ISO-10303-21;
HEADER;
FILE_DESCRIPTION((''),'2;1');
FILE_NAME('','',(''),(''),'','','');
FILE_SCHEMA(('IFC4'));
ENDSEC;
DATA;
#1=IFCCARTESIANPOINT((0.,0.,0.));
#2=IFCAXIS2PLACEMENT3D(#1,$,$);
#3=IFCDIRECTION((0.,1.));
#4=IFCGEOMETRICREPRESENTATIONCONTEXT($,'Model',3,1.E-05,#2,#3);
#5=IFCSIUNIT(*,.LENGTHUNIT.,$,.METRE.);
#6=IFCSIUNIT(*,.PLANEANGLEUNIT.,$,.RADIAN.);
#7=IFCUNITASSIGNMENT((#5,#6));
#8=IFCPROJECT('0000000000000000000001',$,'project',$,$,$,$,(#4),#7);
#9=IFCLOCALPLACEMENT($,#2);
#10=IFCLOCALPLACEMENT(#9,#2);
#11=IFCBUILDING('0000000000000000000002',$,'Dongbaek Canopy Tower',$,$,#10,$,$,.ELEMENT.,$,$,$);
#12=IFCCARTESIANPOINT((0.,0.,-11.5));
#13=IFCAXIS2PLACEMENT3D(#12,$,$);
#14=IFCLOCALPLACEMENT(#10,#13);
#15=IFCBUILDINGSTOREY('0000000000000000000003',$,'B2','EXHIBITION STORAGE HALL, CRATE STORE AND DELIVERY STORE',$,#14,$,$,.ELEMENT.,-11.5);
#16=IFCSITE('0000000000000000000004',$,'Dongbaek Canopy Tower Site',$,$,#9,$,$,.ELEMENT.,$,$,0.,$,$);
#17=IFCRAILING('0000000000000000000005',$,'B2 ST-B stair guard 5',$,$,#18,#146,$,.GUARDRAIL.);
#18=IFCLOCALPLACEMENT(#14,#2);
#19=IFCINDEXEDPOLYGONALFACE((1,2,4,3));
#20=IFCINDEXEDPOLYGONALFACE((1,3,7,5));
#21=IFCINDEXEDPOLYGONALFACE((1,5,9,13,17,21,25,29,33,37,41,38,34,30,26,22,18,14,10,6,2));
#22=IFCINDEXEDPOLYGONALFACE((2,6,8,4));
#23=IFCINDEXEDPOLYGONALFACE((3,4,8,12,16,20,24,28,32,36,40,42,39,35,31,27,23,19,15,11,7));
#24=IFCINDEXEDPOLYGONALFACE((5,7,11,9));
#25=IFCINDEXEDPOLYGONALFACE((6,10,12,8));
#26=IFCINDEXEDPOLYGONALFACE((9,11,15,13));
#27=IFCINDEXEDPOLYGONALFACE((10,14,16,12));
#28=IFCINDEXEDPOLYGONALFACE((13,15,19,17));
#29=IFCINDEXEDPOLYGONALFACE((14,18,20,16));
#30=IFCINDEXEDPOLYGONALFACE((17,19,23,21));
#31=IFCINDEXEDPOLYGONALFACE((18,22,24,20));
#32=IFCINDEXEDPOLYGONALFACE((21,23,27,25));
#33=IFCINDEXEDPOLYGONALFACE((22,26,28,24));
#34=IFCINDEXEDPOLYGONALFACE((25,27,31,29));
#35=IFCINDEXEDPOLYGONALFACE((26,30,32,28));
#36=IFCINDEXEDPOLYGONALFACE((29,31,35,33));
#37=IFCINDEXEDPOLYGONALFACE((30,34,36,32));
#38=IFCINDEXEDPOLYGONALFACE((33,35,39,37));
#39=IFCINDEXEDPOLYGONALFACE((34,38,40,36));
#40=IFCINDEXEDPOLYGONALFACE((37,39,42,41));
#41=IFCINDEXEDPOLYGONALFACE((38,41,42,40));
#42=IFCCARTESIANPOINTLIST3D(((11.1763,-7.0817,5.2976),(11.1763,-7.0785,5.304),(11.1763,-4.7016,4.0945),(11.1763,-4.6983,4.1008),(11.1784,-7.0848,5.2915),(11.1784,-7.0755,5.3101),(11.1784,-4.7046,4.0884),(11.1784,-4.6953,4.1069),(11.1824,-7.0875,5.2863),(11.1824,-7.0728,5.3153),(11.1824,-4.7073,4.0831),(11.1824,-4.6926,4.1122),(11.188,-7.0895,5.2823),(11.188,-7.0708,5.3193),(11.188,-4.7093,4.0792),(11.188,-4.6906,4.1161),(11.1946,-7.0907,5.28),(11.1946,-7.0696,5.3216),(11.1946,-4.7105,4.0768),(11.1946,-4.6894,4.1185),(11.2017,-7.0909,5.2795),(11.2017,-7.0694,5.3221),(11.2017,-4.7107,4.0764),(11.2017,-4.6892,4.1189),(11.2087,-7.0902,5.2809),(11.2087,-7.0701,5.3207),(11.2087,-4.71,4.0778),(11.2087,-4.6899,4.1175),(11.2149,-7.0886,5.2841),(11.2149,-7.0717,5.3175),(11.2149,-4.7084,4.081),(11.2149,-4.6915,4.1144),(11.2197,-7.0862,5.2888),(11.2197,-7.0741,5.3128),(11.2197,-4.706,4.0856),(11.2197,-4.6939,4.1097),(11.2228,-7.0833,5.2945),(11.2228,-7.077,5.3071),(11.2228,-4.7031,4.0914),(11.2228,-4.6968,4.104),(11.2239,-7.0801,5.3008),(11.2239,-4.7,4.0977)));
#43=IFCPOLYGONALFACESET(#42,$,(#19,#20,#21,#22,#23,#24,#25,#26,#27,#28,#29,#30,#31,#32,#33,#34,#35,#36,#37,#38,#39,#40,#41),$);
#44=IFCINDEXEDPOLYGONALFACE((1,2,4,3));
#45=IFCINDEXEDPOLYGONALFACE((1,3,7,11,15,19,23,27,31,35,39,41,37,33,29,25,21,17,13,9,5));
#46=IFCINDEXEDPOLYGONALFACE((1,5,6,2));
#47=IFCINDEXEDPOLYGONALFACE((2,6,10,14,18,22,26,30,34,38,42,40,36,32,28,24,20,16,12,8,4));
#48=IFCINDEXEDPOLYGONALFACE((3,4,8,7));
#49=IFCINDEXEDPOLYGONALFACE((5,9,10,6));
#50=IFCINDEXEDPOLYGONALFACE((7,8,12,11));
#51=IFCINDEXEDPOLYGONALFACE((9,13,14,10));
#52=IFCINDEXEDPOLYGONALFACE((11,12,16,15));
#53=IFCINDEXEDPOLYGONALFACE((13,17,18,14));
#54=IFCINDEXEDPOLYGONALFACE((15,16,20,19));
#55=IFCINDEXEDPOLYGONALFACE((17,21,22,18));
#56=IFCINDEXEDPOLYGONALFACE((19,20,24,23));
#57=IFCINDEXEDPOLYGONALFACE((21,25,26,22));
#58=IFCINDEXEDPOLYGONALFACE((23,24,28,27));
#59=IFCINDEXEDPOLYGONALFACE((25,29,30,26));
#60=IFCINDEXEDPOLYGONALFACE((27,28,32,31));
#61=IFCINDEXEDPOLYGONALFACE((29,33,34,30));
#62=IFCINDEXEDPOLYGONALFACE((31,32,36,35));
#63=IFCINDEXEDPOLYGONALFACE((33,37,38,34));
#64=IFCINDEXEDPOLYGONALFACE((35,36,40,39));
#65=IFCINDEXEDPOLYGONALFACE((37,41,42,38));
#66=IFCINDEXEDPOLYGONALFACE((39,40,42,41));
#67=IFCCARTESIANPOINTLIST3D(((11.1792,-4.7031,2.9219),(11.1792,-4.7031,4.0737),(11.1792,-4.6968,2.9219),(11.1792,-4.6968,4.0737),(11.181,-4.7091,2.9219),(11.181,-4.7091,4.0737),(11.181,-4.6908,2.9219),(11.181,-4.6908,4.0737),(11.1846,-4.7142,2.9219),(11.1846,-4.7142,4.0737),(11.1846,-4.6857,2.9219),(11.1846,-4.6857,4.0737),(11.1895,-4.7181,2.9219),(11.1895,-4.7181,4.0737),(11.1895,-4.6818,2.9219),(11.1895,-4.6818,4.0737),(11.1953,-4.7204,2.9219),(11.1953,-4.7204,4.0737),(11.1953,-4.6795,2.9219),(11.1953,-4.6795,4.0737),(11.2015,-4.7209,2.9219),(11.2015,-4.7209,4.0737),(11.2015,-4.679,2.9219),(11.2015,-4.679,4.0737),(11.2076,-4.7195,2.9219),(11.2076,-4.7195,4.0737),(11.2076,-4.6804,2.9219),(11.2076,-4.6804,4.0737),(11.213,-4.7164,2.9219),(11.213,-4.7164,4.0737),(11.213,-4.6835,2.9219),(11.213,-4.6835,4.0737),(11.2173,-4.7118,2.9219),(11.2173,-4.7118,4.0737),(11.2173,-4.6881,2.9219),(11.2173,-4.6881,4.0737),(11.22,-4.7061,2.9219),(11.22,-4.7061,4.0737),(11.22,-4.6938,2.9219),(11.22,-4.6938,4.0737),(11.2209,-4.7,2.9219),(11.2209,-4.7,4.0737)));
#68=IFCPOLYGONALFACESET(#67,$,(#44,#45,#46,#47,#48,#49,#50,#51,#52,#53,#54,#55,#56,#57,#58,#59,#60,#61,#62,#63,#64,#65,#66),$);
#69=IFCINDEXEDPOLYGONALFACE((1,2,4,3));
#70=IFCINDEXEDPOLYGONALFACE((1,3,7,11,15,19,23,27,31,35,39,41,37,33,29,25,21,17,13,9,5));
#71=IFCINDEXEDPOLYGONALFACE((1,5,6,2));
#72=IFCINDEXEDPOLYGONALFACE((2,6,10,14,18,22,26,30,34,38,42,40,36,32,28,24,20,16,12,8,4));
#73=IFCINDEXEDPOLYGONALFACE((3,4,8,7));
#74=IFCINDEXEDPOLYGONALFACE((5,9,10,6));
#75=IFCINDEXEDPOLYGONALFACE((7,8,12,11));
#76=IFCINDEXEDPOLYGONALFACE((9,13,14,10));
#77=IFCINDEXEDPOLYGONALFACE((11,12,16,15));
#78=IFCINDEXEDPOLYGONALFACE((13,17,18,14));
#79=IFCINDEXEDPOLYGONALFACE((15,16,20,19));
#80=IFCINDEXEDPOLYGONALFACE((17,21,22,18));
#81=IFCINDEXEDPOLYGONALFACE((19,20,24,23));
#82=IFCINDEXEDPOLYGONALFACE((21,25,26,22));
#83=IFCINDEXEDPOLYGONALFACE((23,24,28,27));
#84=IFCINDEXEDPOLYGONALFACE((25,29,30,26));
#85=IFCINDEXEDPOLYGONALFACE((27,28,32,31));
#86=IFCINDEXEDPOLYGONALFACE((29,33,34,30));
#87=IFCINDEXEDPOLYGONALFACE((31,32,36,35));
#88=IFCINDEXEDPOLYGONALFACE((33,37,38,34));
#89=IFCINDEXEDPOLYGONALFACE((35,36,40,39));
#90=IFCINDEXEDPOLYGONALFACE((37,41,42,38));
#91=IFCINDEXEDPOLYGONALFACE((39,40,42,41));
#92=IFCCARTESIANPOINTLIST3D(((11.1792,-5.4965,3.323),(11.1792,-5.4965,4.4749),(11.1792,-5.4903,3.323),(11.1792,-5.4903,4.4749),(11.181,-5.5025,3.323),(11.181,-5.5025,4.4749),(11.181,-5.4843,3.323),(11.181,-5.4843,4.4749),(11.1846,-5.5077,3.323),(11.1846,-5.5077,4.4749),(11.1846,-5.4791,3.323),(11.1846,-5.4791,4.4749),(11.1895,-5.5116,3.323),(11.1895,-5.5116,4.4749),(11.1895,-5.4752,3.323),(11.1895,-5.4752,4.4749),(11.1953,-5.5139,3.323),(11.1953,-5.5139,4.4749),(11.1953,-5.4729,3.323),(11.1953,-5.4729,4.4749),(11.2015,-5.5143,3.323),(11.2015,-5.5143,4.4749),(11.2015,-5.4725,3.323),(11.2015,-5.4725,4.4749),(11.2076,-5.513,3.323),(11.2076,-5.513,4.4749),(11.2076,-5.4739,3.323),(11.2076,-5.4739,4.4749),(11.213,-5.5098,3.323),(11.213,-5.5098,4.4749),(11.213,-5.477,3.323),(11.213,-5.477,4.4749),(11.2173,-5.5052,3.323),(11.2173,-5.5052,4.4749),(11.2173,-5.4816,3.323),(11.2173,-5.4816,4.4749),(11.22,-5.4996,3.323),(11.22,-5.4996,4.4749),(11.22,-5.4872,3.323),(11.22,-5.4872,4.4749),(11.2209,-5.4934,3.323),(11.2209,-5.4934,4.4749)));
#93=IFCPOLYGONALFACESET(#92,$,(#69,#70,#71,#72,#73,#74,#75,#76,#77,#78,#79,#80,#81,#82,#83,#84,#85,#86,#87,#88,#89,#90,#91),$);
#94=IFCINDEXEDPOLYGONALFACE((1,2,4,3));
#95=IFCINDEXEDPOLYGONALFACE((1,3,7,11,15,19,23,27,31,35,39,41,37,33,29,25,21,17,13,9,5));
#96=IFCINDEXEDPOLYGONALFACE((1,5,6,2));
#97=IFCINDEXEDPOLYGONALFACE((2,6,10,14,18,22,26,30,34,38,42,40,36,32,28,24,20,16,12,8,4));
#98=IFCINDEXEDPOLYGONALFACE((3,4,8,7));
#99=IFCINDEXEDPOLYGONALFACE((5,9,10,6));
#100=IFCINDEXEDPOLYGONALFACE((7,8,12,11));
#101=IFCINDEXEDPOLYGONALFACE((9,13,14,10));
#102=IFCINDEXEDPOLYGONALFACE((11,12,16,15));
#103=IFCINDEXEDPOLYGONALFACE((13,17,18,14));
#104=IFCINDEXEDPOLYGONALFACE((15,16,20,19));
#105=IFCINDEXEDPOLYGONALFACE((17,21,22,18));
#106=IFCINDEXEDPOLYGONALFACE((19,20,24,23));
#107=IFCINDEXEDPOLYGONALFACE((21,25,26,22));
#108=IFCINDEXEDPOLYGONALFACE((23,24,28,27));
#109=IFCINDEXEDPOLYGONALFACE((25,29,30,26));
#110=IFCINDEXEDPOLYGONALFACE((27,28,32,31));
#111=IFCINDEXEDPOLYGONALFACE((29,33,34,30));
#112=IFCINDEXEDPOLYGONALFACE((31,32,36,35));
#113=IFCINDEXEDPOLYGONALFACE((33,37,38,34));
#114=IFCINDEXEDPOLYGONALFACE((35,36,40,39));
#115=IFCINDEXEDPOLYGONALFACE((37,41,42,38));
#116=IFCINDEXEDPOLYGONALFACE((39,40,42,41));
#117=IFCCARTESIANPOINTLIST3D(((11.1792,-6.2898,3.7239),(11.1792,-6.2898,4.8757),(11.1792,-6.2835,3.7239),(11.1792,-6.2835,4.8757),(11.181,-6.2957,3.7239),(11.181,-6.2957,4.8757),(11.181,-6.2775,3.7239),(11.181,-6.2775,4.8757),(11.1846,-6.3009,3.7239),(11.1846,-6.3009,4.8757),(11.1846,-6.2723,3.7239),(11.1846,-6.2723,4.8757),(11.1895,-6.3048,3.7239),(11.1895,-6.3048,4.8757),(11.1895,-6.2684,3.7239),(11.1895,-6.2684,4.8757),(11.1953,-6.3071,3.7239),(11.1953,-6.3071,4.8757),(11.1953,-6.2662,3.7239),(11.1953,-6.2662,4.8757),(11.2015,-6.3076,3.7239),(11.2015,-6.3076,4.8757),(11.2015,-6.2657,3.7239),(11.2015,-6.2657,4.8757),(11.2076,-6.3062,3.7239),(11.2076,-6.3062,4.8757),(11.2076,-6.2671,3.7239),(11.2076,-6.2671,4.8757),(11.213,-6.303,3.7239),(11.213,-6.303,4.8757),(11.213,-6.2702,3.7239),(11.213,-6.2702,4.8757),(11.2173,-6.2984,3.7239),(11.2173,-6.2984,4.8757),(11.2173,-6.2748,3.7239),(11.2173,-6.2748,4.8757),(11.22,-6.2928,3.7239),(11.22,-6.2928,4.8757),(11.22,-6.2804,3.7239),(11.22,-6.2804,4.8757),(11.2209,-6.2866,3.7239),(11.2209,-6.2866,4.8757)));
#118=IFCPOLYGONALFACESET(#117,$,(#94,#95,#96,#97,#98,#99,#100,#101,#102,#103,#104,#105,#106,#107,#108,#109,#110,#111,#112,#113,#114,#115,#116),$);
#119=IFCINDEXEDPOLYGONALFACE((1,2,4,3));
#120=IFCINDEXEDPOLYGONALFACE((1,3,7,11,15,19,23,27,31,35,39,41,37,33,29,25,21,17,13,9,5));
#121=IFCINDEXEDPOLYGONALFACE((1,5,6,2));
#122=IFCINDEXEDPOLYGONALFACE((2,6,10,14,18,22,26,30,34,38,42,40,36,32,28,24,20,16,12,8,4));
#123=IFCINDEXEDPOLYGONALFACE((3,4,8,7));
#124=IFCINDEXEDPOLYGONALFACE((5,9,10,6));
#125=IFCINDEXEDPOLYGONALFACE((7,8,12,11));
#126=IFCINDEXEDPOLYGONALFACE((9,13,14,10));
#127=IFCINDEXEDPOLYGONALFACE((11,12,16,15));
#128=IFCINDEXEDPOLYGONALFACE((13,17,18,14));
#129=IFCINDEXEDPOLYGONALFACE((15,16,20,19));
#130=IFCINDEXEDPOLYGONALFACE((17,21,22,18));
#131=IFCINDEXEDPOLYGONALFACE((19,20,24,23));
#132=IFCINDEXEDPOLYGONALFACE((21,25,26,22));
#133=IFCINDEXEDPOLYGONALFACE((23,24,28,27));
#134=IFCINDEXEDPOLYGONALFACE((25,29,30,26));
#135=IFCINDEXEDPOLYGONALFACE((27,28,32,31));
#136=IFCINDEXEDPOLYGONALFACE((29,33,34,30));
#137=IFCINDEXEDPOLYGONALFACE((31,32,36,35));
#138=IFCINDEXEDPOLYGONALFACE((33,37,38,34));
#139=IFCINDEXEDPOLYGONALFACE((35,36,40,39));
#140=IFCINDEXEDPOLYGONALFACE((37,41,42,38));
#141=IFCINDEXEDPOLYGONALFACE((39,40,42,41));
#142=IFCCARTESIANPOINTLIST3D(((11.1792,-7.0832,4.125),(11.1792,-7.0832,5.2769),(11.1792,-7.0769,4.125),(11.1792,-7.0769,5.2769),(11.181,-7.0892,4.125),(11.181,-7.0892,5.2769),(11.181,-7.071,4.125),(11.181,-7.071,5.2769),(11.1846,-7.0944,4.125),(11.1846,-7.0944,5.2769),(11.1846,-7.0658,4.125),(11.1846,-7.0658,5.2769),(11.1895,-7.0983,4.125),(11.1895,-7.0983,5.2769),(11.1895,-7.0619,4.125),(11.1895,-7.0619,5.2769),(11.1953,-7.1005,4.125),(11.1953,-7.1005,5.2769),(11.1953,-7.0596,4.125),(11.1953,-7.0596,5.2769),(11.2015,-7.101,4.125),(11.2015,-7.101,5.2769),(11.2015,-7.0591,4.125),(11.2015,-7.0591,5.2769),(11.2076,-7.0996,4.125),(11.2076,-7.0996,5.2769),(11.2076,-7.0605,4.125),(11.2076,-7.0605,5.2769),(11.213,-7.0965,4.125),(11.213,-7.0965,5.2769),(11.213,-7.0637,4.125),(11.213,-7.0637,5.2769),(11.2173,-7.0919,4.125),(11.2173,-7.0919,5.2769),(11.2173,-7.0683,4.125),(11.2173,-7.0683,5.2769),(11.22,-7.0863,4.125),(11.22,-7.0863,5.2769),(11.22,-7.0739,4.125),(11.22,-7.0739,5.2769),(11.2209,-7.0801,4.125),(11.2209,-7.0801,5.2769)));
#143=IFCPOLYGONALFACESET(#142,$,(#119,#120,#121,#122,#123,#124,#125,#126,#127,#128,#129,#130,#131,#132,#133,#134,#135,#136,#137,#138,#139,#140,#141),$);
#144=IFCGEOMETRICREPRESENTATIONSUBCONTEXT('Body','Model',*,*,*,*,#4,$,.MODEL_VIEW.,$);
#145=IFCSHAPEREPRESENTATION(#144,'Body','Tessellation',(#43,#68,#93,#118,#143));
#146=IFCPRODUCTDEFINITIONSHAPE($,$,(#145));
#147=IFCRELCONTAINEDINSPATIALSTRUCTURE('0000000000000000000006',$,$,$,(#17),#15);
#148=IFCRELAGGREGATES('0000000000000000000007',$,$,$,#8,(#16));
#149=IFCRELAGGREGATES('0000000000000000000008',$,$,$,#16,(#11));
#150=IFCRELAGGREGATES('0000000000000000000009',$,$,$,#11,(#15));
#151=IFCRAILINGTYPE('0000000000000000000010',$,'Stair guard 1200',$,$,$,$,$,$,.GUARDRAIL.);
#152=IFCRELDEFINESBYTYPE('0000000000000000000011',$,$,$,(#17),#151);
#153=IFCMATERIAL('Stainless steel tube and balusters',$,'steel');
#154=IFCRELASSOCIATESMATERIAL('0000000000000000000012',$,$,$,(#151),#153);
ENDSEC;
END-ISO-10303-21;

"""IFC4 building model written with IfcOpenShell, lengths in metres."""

from ifc_helpers import new_model, si_unit, direction, frame, origin, origin_2d, place, context, subcontext, project, spatial, circle, extrude, material, type_object, element, save


model = new_model("IFC4")

# Units and contexts
model_context = context("Model", 3, precision=1e-05, world=origin(), true_north=direction((0.0, 1.0)))
body_context = subcontext(model_context, "Body", "Model", "MODEL_VIEW")
ifc_project = project(units=[si_unit("LENGTHUNIT", "METRE"), si_unit("PLANEANGLEUNIT", "RADIAN")], contexts=[model_context])

# Site, building, storey
site_placement = place(None, origin())
site = spatial("IfcSite", under=ifc_project, at=site_placement, Name="Dongbaek Canopy Tower Site", CompositionType="ELEMENT", RefElevation=0.0)
building_placement = place(site_placement, origin())
building = spatial("IfcBuilding", under=site, at=building_placement, Name="Dongbaek Canopy Tower", CompositionType="ELEMENT")
storey_placement = place(building_placement, frame((0.0, 0.0, -11.5)))
storey = spatial("IfcBuildingStorey", under=building, at=storey_placement, Name="B2", Description="EXHIBITION STORAGE HALL, CRATE STORE AND DELIVERY STORE", CompositionType="ELEMENT", Elevation=-11.5)

# Railing
ifc_material_1 = material(Name="Stainless steel tube and balusters", Category="steel")
railing_type = type_object("IfcRailingType", Name="Stair guard 1200", PredefinedType="GUARDRAIL", material=ifc_material_1)
railing_1_placement = place(storey_placement, frame((11.2, -4.7, 2.9219)))
element("IfcRailing", 1, at=railing_1_placement, inside=storey, type_object=railing_type, Name="B2 ST-B stair guard 5", PredefinedType="GUARDRAIL", context=body_context, shape_type="SweptSolid", body=[
    extrude(circle(Radius=0.0239, at=origin_2d()), frame((0.0, 0.0, 1.1758), z_axis=(0.0, -0.89246, 0.451127), x_axis=(1.0, 0.0, 0.0)), (0.0, 0.0, 1.0), 2.667),
    extrude(circle(Radius=0.021, at=origin_2d()), origin(), (0.0, 0.0, 1.0), 1.1519),
    extrude(circle(Radius=0.021, at=origin_2d()), frame((0.0, -0.7935, 0.4011)), (0.0, 0.0, 1.0), 1.1519),
    extrude(circle(Radius=0.021, at=origin_2d()), frame((0.0, -1.5867, 0.802)), (0.0, 0.0, 1.0), 1.1519),
    extrude(circle(Radius=0.021, at=origin_2d()), frame((0.0, -2.3801, 1.2031)), (0.0, 0.0, 1.0), 1.1519),
])

save(model, "model.ifc")
